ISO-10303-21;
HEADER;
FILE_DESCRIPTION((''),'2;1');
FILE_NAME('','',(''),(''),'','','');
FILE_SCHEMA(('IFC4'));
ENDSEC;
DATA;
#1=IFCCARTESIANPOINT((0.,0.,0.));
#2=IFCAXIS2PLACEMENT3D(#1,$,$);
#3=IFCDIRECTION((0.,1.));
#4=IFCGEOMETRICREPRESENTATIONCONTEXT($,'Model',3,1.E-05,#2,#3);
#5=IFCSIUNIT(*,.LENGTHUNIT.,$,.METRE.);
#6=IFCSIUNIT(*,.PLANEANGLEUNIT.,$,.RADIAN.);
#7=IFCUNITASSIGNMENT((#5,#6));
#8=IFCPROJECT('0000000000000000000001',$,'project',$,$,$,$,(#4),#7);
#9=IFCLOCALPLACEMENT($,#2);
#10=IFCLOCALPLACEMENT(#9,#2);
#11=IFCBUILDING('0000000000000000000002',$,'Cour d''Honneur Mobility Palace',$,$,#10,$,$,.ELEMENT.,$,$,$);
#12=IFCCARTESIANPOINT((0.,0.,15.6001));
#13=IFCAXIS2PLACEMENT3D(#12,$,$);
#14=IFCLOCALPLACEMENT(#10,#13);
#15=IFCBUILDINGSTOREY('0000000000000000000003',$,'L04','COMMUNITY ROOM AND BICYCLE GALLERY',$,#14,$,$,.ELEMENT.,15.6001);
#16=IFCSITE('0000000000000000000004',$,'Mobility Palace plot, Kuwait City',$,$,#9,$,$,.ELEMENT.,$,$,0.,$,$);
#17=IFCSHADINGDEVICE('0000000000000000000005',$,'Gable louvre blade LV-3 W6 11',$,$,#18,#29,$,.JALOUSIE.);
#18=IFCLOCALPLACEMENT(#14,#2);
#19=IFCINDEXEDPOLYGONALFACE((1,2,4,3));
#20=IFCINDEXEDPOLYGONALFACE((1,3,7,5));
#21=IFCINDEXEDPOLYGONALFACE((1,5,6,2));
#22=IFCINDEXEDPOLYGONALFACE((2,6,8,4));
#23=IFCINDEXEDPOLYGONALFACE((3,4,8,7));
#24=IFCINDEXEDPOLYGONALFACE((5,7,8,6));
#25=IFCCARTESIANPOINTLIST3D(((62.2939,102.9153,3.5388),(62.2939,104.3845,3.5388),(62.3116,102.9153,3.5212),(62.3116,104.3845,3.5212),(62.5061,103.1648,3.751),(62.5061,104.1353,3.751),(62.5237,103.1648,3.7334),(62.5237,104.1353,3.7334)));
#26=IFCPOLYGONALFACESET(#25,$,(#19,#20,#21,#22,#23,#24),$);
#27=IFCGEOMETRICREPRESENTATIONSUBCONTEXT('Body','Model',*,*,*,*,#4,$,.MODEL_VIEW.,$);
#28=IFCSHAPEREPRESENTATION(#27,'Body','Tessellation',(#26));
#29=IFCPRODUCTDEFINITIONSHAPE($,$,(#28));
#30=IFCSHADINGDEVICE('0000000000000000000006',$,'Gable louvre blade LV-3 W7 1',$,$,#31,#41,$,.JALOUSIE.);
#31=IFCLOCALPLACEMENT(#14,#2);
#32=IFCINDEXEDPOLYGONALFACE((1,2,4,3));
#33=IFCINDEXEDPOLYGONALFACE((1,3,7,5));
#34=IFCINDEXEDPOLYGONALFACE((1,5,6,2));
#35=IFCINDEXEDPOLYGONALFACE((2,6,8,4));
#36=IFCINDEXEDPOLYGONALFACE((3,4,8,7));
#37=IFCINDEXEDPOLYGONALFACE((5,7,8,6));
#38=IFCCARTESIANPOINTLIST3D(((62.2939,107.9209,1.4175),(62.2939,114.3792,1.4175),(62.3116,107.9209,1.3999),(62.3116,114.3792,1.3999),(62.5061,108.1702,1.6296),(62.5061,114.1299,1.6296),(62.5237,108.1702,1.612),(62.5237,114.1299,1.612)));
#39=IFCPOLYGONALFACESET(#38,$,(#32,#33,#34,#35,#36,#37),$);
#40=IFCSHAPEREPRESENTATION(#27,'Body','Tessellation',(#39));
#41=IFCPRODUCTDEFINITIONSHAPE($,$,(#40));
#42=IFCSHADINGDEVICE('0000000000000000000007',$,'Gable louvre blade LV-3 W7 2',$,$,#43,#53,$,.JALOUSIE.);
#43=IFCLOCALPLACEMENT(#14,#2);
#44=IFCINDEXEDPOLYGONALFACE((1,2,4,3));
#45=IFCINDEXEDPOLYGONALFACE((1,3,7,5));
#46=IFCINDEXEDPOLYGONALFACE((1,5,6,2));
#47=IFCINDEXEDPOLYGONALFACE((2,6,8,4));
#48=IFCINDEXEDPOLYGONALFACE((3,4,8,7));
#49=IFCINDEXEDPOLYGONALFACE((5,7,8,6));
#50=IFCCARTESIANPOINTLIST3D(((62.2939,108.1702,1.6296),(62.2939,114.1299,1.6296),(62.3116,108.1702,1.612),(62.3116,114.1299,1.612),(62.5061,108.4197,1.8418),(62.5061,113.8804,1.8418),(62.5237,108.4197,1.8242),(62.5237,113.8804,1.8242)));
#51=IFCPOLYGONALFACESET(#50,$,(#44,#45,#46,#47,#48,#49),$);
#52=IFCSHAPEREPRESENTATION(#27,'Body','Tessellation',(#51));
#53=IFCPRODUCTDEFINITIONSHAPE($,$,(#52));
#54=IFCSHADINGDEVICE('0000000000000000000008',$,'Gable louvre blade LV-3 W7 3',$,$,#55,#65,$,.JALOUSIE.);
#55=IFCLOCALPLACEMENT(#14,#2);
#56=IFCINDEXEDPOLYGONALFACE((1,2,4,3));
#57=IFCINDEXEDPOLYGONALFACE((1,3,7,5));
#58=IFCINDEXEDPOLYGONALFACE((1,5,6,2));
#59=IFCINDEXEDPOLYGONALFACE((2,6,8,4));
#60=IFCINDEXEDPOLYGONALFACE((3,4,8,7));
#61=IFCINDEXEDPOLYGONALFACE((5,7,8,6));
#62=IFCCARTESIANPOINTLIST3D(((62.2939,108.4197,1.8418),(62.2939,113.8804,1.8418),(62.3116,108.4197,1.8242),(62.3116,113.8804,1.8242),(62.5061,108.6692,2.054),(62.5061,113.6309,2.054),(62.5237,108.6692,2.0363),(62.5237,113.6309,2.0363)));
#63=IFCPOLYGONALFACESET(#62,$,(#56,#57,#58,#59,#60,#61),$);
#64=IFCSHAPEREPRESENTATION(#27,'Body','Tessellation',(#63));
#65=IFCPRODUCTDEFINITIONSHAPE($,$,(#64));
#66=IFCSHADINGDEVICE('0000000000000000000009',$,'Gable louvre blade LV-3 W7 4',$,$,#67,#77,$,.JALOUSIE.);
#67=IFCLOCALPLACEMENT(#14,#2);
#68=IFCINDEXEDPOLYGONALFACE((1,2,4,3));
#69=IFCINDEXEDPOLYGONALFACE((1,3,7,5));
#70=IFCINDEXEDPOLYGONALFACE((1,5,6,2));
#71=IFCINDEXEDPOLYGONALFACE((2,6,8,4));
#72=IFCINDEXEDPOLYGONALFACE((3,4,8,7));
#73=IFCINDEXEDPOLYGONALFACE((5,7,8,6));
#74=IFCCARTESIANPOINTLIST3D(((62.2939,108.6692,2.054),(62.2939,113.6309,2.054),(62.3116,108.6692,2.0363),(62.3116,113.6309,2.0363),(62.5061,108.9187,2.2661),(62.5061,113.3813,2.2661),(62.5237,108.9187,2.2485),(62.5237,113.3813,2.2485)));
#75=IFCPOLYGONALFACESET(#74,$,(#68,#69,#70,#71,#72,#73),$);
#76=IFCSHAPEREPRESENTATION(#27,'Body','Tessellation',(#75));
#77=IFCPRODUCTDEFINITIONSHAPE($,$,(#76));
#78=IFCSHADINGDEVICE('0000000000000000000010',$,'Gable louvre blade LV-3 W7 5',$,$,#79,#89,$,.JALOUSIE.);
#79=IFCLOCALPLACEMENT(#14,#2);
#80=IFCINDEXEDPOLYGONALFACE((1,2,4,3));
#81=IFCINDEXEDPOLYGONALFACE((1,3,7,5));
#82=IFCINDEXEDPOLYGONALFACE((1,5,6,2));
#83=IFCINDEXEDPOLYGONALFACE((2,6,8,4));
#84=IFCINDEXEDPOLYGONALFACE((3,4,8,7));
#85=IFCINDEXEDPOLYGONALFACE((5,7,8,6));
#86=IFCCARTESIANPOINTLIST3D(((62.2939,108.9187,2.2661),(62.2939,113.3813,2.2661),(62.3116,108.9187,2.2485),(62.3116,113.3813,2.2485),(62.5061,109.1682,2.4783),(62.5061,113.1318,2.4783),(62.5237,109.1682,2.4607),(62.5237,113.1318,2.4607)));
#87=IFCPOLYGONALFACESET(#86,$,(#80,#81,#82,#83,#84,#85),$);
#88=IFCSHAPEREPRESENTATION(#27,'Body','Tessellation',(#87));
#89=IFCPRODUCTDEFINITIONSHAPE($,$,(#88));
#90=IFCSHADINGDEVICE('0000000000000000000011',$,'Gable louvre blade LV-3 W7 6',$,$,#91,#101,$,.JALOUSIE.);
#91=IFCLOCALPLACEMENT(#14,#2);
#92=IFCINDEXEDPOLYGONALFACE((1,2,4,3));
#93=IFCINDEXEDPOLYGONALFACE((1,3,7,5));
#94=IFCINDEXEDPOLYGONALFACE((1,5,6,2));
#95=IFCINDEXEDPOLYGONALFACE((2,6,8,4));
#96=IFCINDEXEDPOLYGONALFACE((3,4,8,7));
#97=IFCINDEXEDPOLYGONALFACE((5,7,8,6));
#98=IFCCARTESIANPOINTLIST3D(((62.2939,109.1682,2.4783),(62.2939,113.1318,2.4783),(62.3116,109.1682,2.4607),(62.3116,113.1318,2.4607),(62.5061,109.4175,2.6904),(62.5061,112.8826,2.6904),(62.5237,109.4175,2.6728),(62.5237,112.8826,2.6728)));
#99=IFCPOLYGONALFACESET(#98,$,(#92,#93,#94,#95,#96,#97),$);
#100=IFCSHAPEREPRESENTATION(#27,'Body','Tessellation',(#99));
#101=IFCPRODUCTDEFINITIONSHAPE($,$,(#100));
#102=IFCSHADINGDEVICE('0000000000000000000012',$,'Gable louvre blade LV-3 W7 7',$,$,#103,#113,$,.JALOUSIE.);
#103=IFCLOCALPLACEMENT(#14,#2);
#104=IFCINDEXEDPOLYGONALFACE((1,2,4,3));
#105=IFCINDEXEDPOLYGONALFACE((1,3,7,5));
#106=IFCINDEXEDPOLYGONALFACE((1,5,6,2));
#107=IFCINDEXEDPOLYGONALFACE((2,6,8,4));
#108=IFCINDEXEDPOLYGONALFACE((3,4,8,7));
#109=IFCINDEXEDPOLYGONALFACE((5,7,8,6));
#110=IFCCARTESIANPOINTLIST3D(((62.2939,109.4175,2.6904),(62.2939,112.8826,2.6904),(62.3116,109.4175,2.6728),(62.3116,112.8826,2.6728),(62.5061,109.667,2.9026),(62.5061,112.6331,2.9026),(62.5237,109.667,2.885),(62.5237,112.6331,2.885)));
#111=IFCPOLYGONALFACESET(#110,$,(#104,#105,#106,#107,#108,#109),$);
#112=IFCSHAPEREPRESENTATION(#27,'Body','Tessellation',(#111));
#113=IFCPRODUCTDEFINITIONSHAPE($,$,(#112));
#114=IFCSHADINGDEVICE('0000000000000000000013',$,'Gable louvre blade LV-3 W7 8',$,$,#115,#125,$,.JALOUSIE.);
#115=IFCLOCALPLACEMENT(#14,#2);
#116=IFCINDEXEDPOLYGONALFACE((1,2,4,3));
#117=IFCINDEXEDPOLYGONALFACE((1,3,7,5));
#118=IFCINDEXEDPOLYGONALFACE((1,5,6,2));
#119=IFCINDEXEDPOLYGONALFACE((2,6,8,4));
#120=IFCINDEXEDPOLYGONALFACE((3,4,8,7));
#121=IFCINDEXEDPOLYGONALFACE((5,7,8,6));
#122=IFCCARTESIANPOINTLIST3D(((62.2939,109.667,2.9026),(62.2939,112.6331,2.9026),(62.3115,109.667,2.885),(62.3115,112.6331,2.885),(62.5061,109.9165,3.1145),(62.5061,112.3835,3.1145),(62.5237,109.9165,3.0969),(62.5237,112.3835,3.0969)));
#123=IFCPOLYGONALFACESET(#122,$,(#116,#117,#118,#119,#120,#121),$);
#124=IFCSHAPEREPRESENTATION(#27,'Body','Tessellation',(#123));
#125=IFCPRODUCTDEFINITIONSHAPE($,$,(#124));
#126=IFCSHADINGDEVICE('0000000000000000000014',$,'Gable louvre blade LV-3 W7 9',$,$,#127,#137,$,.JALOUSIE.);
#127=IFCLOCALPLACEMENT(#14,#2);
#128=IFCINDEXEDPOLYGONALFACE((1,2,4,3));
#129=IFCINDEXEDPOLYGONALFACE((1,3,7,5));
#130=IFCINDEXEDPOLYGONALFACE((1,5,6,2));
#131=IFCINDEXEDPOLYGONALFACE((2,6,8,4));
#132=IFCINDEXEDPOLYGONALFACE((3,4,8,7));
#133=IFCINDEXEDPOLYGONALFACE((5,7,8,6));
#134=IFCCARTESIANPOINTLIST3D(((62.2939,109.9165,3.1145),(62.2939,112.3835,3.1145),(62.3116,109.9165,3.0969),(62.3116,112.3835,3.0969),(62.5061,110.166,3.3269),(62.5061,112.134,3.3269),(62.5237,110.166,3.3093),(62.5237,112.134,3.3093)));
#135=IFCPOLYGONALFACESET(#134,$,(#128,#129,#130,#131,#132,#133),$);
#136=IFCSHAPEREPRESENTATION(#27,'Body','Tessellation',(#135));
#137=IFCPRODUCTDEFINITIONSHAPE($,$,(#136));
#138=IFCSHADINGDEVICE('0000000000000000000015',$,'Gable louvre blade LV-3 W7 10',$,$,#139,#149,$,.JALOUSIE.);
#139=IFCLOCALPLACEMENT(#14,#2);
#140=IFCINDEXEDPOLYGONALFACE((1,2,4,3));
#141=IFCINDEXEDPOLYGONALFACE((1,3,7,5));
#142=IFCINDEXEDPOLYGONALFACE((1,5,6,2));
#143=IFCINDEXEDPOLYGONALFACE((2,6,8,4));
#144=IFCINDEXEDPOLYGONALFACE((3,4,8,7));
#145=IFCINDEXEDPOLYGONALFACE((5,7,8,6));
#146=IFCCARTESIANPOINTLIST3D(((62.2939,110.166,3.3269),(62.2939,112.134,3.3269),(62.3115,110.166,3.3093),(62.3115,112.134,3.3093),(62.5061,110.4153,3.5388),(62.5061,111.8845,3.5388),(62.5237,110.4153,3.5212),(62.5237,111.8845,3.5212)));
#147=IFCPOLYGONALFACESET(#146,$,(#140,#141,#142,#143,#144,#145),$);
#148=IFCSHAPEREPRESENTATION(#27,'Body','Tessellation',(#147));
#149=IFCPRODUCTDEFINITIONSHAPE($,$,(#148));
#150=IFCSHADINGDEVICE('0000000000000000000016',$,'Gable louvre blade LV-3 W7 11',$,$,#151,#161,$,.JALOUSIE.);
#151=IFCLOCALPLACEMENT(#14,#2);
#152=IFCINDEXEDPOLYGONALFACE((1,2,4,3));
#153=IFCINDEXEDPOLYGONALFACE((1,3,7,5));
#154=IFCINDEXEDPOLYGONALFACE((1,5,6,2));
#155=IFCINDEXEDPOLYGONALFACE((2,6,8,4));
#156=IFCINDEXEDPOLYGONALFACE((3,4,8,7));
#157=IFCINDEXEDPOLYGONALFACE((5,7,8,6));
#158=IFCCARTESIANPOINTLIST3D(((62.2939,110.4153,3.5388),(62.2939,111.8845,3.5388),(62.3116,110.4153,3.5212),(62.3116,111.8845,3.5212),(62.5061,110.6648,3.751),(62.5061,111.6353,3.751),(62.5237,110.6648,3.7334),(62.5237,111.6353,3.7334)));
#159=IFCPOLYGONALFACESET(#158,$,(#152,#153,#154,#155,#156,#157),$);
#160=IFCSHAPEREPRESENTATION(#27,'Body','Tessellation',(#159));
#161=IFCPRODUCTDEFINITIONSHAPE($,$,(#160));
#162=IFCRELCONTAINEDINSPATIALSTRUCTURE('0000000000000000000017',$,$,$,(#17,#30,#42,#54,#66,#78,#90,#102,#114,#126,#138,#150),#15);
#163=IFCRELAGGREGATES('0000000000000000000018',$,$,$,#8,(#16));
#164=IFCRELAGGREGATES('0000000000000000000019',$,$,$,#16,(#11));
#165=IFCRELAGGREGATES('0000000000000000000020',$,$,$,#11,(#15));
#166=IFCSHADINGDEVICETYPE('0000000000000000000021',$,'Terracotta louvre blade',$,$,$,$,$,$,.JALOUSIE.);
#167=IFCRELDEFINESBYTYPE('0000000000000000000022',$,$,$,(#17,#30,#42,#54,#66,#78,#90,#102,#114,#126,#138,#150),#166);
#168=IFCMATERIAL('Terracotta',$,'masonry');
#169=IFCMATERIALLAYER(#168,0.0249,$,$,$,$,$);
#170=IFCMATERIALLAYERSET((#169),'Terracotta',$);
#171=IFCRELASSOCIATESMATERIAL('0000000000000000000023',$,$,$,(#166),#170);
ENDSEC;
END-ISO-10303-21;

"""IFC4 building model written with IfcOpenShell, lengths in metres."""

from ifc_helpers import new_model, si_unit, direction, frame, origin, place, context, subcontext, project, spatial, polyline, outline, extrude, material, layer, layer_set, type_object, element, save


model = new_model("IFC4")

# Units and contexts
model_context = context("Model", 3, precision=1e-05, world=origin(), true_north=direction((0.0, 1.0)))
body_context = subcontext(model_context, "Body", "Model", "MODEL_VIEW")
ifc_project = project(units=[si_unit("LENGTHUNIT", "METRE"), si_unit("PLANEANGLEUNIT", "RADIAN")], contexts=[model_context])

# Site, building, storey
site_placement = place(None, origin())
site = spatial("IfcSite", under=ifc_project, at=site_placement, Name="Mobility Palace plot, Kuwait City", CompositionType="ELEMENT", RefElevation=0.0)
building_placement = place(site_placement, origin())
building = spatial("IfcBuilding", under=site, at=building_placement, Name="Cour d'Honneur Mobility Palace", CompositionType="ELEMENT")
storey_placement = place(building_placement, frame((0.0, 0.0, 15.6001)))
storey = spatial("IfcBuildingStorey", under=building, at=storey_placement, Name="L04", Description="COMMUNITY ROOM AND BICYCLE GALLERY", CompositionType="ELEMENT", Elevation=15.6001)

# Shading devices
ifc_material_1 = material(Name="Terracotta", Category="masonry")
ifc_layer_1 = layer(ifc_material_1, 0.0249)
ifc_layer_set_1 = layer_set([ifc_layer_1], Name="Terracotta")
shading_device_type = type_object("IfcShadingDeviceType", Name="Terracotta louvre blade", PredefinedType="JALOUSIE", material=ifc_layer_set_1)
shading_device_1_placement = place(storey_placement, frame((62.2939, 102.9153, 3.5388), z_axis=(-0.707107, 0.0, 0.707107), x_axis=(0.0, 1.0, 0.0)))
element("IfcShadingDevice", 1, at=shading_device_1_placement, inside=storey, type_object=shading_device_type, Name="Gable louvre blade LV-3 W6 11", PredefinedType="JALOUSIE", context=body_context, shape_type="SweptSolid", body=[
    extrude(outline(polyline([(0.0, 0.0), (1.4692, 0.0), (1.22, -0.3), (0.2495, -0.3), (0.0, 0.0)])), origin(), (0.0, 0.0, -1.0), 0.0249),
])
shading_device_2_placement = place(storey_placement, frame((62.2939, 107.9209, 1.4175), z_axis=(-0.707107, 0.0, 0.707107), x_axis=(0.0, 1.0, 0.0)))
element("IfcShadingDevice", 2, at=shading_device_2_placement, inside=storey, type_object=shading_device_type, Name="Gable louvre blade LV-3 W7 1", PredefinedType="JALOUSIE", context=body_context, shape_type="SweptSolid", body=[
    extrude(outline(polyline([(0.0, 0.0), (6.4583, 0.0), (6.209, -0.3), (0.2493, -0.3), (0.0, 0.0)])), origin(), (0.0, 0.0, -1.0), 0.0249),
])
shading_device_3_placement = place(storey_placement, frame((62.2939, 108.1702, 1.6296), z_axis=(-0.707107, 0.0, 0.707107), x_axis=(0.0, 1.0, 0.0)))
element("IfcShadingDevice", 3, at=shading_device_3_placement, inside=storey, type_object=shading_device_type, Name="Gable louvre blade LV-3 W7 2", PredefinedType="JALOUSIE", context=body_context, shape_type="SweptSolid", body=[
    extrude(outline(polyline([(0.0, 0.0), (5.9597, 0.0), (5.7102, -0.3), (0.2495, -0.3), (0.0, 0.0)])), origin(), (0.0, 0.0, -1.0), 0.0249),
])
shading_device_4_placement = place(storey_placement, frame((62.2939, 108.4197, 1.8418), z_axis=(-0.707107, 0.0, 0.707107), x_axis=(0.0, 1.0, 0.0)))
element("IfcShadingDevice", 4, at=shading_device_4_placement, inside=storey, type_object=shading_device_type, Name="Gable louvre blade LV-3 W7 3", PredefinedType="JALOUSIE", context=body_context, shape_type="SweptSolid", body=[
    extrude(outline(polyline([(0.0, 0.0), (5.4607, 0.0), (5.2112, -0.3), (0.2495, -0.3), (0.0, 0.0)])), origin(), (0.0, 0.0, -1.0), 0.0249),
])
shading_device_5_placement = place(storey_placement, frame((62.2939, 108.6692, 2.054), z_axis=(-0.707107, 0.0, 0.707107), x_axis=(0.0, 1.0, 0.0)))
element("IfcShadingDevice", 5, at=shading_device_5_placement, inside=storey, type_object=shading_device_type, Name="Gable louvre blade LV-3 W7 4", PredefinedType="JALOUSIE", context=body_context, shape_type="SweptSolid", body=[
    extrude(outline(polyline([(0.0, 0.0), (4.9617, 0.0), (4.7122, -0.3), (0.2495, -0.3), (0.0, 0.0)])), origin(), (0.0, 0.0, -1.0), 0.0249),
])
shading_device_6_placement = place(storey_placement, frame((62.2939, 108.9187, 2.2661), z_axis=(-0.707107, 0.0, 0.707107), x_axis=(0.0, 1.0, 0.0)))
element("IfcShadingDevice", 6, at=shading_device_6_placement, inside=storey, type_object=shading_device_type, Name="Gable louvre blade LV-3 W7 5", PredefinedType="JALOUSIE", context=body_context, shape_type="SweptSolid", body=[
    extrude(outline(polyline([(0.0, 0.0), (4.4626, 0.0), (4.2131, -0.3), (0.2495, -0.3), (0.0, 0.0)])), origin(), (0.0, 0.0, -1.0), 0.0249),
])
shading_device_7_placement = place(storey_placement, frame((62.2939, 109.1682, 2.4783), z_axis=(-0.707107, 0.0, 0.707107), x_axis=(0.0, 1.0, 0.0)))
element("IfcShadingDevice", 7, at=shading_device_7_placement, inside=storey, type_object=shading_device_type, Name="Gable louvre blade LV-3 W7 6", PredefinedType="JALOUSIE", context=body_context, shape_type="SweptSolid", body=[
    extrude(outline(polyline([(0.0, 0.0), (3.9636, 0.0), (3.7144, -0.3), (0.2493, -0.3), (0.0, 0.0)])), origin(), (0.0, 0.0, -1.0), 0.0249),
])
shading_device_8_placement = place(storey_placement, frame((62.2939, 109.4175, 2.6904), z_axis=(-0.707107, 0.0, 0.707107), x_axis=(0.0, 1.0, 0.0)))
element("IfcShadingDevice", 8, at=shading_device_8_placement, inside=storey, type_object=shading_device_type, Name="Gable louvre blade LV-3 W7 7", PredefinedType="JALOUSIE", context=body_context, shape_type="SweptSolid", body=[
    extrude(outline(polyline([(0.0, 0.0), (3.4651, 0.0), (3.2156, -0.3), (0.2495, -0.3), (0.0, 0.0)])), origin(), (0.0, 0.0, -1.0), 0.0249),
])
shading_device_9_placement = place(storey_placement, frame((62.2939, 109.667, 2.9026), z_axis=(-0.7067, 0.0, 0.707514), x_axis=(0.0, 1.0, 0.0)))
element("IfcShadingDevice", 9, at=shading_device_9_placement, inside=storey, type_object=shading_device_type, Name="Gable louvre blade LV-3 W7 8", PredefinedType="JALOUSIE", context=body_context, shape_type="SweptSolid", body=[
    extrude(outline(polyline([(0.0, 0.0), (2.9661, 0.0), (2.7166, -0.2999), (0.2495, -0.2999), (0.0, 0.0)])), origin(), (0.0, 0.0, -1.0), 0.0249),
])
shading_device_10_placement = place(storey_placement, frame((62.2939, 109.9165, 3.1145), z_axis=(-0.707513, 0.0, 0.7067), x_axis=(0.0, 1.0, 0.0)))
element("IfcShadingDevice", 10, at=shading_device_10_placement, inside=storey, type_object=shading_device_type, Name="Gable louvre blade LV-3 W7 9", PredefinedType="JALOUSIE", context=body_context, shape_type="SweptSolid", body=[
    extrude(outline(polyline([(0.0, 0.0), (2.467, 0.0), (2.2175, -0.3002), (0.2495, -0.3002), (0.0, 0.0)])), origin(), (0.0, 0.0, -1.0), 0.0249),
])
shading_device_11_placement = place(storey_placement, frame((62.2939, 110.166, 3.3269), z_axis=(-0.7067, 0.0, 0.707514), x_axis=(0.0, 1.0, 0.0)))
element("IfcShadingDevice", 11, at=shading_device_11_placement, inside=storey, type_object=shading_device_type, Name="Gable louvre blade LV-3 W7 10", PredefinedType="JALOUSIE", context=body_context, shape_type="SweptSolid", body=[
    extrude(outline(polyline([(0.0, 0.0), (1.968, 0.0), (1.7185, -0.2999), (0.2493, -0.2999), (0.0, 0.0)])), origin(), (0.0, 0.0, -1.0), 0.0249),
])
shading_device_12_placement = place(storey_placement, frame((62.2939, 110.4153, 3.5388), z_axis=(-0.707107, 0.0, 0.707107), x_axis=(0.0, 1.0, 0.0)))
element("IfcShadingDevice", 12, at=shading_device_12_placement, inside=storey, type_object=shading_device_type, Name="Gable louvre blade LV-3 W7 11", PredefinedType="JALOUSIE", context=body_context, shape_type="SweptSolid", body=[
    extrude(outline(polyline([(0.0, 0.0), (1.4692, 0.0), (1.22, -0.3), (0.2495, -0.3), (0.0, 0.0)])), origin(), (0.0, 0.0, -1.0), 0.0249),
])

save(model, "model.ifc")
